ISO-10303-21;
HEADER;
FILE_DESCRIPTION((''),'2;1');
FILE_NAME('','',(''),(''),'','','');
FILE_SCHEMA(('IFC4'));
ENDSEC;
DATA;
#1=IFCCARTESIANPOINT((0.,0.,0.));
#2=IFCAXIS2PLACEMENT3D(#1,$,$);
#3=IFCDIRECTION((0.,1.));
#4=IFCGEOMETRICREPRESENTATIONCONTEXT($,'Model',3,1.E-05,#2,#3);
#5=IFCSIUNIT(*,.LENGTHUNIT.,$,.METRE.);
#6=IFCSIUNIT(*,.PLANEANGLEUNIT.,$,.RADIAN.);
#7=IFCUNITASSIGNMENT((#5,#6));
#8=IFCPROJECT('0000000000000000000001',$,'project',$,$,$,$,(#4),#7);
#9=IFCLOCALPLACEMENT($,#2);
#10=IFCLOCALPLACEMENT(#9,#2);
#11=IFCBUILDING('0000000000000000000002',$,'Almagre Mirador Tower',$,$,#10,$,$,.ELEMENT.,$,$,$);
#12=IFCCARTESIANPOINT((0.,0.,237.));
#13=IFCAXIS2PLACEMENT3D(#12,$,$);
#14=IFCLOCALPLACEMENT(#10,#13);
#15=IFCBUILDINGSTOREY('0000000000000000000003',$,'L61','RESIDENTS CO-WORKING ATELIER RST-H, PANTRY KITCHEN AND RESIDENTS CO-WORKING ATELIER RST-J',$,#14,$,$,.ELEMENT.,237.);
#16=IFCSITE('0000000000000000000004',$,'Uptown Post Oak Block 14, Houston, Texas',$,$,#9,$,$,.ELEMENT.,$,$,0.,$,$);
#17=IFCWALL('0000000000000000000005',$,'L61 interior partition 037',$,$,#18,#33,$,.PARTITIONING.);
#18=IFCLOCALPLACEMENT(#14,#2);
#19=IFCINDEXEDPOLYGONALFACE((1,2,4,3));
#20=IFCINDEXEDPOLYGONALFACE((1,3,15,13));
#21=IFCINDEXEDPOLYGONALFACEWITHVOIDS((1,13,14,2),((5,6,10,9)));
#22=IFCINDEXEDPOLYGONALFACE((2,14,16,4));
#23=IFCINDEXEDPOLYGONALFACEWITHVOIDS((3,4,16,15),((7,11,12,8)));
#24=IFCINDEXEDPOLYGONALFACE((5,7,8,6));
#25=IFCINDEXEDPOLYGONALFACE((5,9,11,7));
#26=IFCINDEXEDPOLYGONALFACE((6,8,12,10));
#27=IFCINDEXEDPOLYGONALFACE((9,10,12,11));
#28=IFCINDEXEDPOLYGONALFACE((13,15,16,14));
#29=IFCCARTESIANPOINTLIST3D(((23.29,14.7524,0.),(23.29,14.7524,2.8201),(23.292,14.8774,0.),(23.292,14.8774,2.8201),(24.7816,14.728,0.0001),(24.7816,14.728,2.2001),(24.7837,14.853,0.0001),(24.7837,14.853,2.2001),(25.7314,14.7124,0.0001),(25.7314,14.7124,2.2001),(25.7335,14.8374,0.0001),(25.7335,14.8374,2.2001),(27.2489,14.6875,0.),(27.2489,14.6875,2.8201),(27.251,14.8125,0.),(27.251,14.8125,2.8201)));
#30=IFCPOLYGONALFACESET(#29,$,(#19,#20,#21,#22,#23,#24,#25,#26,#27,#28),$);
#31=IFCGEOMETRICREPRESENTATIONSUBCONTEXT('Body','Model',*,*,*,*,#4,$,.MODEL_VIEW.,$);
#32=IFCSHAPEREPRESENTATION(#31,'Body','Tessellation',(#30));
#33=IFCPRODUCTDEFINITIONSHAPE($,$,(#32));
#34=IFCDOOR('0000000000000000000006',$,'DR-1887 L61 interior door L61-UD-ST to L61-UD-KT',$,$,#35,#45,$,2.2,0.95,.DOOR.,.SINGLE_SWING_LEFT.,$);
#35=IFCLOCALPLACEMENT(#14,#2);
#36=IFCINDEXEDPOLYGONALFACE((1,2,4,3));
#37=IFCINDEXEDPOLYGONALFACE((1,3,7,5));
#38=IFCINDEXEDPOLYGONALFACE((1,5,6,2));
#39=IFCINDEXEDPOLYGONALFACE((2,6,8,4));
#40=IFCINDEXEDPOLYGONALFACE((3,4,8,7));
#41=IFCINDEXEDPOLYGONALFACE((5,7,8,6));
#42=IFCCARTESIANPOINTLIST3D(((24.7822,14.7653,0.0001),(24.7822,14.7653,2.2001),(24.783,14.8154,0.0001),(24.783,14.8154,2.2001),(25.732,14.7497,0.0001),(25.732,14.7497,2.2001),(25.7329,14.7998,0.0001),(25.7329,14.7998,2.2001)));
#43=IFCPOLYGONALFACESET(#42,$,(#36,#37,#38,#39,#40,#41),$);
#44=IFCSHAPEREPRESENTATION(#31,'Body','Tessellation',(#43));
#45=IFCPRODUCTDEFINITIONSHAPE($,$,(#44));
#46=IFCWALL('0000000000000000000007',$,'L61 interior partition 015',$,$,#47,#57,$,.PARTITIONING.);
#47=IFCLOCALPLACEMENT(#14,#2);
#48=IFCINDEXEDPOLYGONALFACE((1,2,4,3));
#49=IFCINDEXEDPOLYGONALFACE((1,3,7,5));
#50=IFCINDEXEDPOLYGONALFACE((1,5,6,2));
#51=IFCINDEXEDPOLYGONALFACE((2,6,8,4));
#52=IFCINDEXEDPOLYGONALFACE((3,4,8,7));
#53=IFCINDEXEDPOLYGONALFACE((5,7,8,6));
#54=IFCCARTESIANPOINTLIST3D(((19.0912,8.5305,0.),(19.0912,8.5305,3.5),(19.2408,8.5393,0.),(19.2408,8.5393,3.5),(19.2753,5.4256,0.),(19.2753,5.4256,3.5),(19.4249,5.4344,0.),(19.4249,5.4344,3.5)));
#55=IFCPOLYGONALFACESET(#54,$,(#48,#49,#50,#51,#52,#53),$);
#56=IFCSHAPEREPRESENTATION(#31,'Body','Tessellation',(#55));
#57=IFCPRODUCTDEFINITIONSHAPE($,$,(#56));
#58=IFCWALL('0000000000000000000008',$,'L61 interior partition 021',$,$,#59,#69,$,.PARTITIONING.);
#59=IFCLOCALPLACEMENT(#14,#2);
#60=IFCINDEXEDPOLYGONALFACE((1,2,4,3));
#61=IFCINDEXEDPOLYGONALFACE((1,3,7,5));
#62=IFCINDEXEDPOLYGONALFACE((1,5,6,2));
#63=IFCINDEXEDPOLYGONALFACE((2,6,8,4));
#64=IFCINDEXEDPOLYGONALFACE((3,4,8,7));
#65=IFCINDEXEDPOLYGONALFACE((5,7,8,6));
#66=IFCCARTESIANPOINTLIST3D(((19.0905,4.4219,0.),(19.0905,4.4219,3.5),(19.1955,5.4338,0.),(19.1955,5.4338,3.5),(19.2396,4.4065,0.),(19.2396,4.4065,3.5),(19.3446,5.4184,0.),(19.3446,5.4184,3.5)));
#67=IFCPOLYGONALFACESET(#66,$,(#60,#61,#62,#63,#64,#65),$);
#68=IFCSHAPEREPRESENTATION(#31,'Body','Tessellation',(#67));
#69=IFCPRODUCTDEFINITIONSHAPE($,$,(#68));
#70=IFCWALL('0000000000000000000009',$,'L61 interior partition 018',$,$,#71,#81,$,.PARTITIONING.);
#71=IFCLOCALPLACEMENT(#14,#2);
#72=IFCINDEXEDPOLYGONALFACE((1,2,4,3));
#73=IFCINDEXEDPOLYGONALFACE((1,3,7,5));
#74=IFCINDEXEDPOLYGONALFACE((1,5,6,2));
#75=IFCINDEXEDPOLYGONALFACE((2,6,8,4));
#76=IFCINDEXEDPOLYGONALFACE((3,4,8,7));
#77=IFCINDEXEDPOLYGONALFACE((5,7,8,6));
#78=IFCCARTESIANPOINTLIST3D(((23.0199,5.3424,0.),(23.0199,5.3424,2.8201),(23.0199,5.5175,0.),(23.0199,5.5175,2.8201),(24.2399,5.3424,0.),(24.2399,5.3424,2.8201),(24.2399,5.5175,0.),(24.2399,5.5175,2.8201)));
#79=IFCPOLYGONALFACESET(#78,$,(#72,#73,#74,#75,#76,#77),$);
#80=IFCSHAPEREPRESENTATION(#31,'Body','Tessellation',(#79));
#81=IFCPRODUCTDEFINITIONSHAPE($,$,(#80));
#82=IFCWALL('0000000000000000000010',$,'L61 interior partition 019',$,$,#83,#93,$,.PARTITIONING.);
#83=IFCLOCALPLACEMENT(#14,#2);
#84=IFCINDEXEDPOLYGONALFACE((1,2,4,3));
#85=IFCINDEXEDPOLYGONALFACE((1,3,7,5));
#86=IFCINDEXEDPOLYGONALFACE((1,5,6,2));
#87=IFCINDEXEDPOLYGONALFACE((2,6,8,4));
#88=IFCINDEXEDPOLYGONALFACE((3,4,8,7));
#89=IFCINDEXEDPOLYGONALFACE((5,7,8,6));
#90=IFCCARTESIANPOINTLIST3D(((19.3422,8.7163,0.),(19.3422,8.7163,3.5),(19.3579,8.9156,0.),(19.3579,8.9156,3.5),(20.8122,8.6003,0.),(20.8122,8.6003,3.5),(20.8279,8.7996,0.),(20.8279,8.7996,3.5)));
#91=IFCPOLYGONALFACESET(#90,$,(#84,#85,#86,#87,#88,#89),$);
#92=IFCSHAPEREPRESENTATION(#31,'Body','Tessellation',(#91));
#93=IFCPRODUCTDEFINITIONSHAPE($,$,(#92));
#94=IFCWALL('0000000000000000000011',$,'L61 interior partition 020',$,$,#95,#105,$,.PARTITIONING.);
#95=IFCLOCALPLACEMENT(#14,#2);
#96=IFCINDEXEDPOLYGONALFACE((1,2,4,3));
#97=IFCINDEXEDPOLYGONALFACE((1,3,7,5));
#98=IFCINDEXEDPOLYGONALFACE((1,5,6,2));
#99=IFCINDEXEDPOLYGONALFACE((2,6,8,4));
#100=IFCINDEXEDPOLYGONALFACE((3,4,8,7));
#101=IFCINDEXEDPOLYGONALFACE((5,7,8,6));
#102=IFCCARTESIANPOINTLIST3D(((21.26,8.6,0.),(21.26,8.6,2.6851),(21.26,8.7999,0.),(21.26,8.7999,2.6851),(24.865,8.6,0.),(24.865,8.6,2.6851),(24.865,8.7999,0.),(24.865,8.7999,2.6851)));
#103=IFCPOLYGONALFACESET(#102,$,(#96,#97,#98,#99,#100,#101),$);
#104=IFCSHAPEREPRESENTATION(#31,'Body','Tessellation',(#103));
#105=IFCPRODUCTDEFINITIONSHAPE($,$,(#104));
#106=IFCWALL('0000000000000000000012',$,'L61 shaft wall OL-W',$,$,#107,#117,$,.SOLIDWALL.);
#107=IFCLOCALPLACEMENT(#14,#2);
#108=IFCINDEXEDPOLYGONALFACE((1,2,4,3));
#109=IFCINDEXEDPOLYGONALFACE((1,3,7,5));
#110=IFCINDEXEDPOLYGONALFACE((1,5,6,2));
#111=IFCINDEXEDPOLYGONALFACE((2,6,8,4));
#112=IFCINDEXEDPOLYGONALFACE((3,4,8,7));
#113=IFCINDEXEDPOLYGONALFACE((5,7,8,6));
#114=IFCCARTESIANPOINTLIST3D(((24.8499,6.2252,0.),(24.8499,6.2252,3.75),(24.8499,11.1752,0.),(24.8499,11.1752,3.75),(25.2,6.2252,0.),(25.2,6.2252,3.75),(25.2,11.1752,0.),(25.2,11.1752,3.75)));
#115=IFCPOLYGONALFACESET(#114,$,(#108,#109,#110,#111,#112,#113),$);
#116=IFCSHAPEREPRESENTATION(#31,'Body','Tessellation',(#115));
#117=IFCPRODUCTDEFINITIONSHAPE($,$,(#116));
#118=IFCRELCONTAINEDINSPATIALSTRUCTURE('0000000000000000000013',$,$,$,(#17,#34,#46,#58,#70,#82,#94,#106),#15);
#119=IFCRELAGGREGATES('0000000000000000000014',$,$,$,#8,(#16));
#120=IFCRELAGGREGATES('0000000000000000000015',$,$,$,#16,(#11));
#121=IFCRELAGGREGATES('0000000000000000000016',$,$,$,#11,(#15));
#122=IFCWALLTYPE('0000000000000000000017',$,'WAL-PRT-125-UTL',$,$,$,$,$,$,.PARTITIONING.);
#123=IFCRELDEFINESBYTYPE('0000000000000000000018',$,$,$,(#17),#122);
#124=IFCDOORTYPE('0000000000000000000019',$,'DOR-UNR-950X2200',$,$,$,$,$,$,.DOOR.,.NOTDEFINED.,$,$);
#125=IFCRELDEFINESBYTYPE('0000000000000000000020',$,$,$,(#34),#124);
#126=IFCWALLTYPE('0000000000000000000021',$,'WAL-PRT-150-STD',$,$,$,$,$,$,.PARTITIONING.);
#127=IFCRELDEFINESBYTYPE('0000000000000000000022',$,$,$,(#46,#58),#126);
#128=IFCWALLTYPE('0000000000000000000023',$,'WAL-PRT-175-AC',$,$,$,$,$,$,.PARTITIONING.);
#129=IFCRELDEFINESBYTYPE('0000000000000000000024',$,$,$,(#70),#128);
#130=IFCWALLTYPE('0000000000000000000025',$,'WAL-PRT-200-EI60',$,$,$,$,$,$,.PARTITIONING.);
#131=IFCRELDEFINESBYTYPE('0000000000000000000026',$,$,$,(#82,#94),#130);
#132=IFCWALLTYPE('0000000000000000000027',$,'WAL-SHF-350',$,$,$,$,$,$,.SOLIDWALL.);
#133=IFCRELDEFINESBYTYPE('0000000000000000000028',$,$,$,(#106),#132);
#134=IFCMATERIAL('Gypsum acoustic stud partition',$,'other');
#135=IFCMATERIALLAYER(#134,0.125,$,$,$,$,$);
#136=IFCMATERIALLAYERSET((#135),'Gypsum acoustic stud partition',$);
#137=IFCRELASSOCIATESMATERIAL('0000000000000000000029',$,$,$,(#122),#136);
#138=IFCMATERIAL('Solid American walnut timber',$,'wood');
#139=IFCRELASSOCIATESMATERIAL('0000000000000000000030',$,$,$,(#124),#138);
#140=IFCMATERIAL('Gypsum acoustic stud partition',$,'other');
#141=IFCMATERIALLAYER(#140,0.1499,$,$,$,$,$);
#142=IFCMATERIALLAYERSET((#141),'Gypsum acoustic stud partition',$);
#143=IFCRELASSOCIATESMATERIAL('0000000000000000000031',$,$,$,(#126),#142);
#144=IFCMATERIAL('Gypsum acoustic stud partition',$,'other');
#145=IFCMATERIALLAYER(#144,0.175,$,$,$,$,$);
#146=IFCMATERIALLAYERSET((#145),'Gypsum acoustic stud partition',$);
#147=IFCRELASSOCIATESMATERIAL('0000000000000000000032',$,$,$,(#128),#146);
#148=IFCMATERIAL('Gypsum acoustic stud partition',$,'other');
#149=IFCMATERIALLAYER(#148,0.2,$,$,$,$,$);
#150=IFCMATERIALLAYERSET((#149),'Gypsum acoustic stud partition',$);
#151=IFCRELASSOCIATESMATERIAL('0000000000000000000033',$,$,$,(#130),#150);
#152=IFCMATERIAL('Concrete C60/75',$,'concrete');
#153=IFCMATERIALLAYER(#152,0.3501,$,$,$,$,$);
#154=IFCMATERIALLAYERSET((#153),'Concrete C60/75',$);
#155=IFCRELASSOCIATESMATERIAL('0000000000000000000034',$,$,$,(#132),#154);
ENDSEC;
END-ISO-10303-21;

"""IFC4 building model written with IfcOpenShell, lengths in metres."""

from ifc_helpers import new_model, si_unit, direction, frame, frame_2d, origin, place, context, subcontext, project, spatial, rectangle, extrude, material, layer, layer_set, type_object, element, fill, save


model = new_model("IFC4")

# Units and contexts
model_context = context("Model", 3, precision=1e-05, world=origin(), true_north=direction((0.0, 1.0)))
body_context = subcontext(model_context, "Body", "Model", "MODEL_VIEW")
ifc_project = project(units=[si_unit("LENGTHUNIT", "METRE"), si_unit("PLANEANGLEUNIT", "RADIAN")], contexts=[model_context])

# Site, building, storey
site_placement = place(None, origin())
site = spatial("IfcSite", under=ifc_project, at=site_placement, Name="Uptown Post Oak Block 14, Houston, Texas", CompositionType="ELEMENT", RefElevation=0.0)
building_placement = place(site_placement, origin())
building = spatial("IfcBuilding", under=site, at=building_placement, Name="Almagre Mirador Tower", CompositionType="ELEMENT")
storey_placement = place(building_placement, frame((0.0, 0.0, 237.0)))
storey = spatial("IfcBuildingStorey", under=building, at=storey_placement, Name="L61", Description="RESIDENTS CO-WORKING ATELIER RST-H, PANTRY KITCHEN AND RESIDENTS CO-WORKING ATELIER RST-J", CompositionType="ELEMENT", Elevation=237.0)

# Shared definitions
ifc_material_1 = material(Name="Gypsum acoustic stud partition", Category="other")
ifc_layer_1 = layer(ifc_material_1, 0.125)
ifc_layer_set_1 = layer_set([ifc_layer_1], Name="Gypsum acoustic stud partition")
wall_type_1 = type_object("IfcWallType", Name="WAL-PRT-125-UTL", PredefinedType="PARTITIONING", material=ifc_layer_set_1)

# Wall, opening, door
wall_1_placement = place(storey_placement, frame((23.291, 14.8149, 0.0), z_axis=(0.0, 0.0, 1.0), x_axis=(0.999865, -0.016401, 0.0)))
wall_1 = element("IfcWall", 1, at=wall_1_placement, inside=storey, type_object=wall_type_1, Name="L61 interior partition 037", PredefinedType="PARTITIONING", context=body_context, shape_type="SweptSolid", body=[
    extrude(rectangle(XDim=3.9595, YDim=0.125, at=frame_2d((1.9797, 0.0))), origin(), (0.0, 0.0, 1.0), 2.8201),
])
opening_1_placement = place(wall_1_placement, frame((1.4917, 0.0, 0.0)))
opening_1 = element("IfcOpeningElement", 2, at=opening_1_placement, cuts=wall_1, PredefinedType="OPENING", context=body_context, shape_type="SweptSolid", body=[
    extrude(rectangle(XDim=0.95, YDim=2.2, at=frame_2d((0.4751, 1.1001))), frame((0.0, 0.0725, 0.0), z_axis=(0.0, -1.0, 0.0), x_axis=(1.0, 0.0, 0.0)), (0.0, 0.0, 1.0), 0.145),
])
ifc_material_2 = material(Name="Solid American walnut timber", Category="wood")
door_type = type_object("IfcDoorType", Name="DOR-UNR-950X2200", OperationType="NOTDEFINED", PredefinedType="DOOR", material=ifc_material_2)
door_placement = place(opening_1_placement, origin())
door = element("IfcDoor", 3, at=door_placement, inside=storey, type_object=door_type, Name="DR-1887 L61 interior door L61-UD-ST to L61-UD-KT", OperationType="SINGLE_SWING_LEFT", OverallHeight=2.2, OverallWidth=0.95, PredefinedType="DOOR", context=body_context, shape_type="SweptSolid", body=[
    extrude(rectangle(XDim=0.95, YDim=2.2, at=frame_2d((0.4751, 1.1001))), frame((0.0, 0.0249, 0.0), z_axis=(0.0, -1.0, 0.0), x_axis=(1.0, 0.0, 0.0)), (0.0, 0.0, 1.0), 0.05),
])
fill(opening_1, door)

# Walls
ifc_material_3 = material(Name="Gypsum acoustic stud partition", Category="other")
ifc_layer_2 = layer(ifc_material_3, 0.1499)
ifc_layer_set_2 = layer_set([ifc_layer_2], Name="Gypsum acoustic stud partition")
wall_type_2 = type_object("IfcWallType", Name="WAL-PRT-150-STD", PredefinedType="PARTITIONING", material=ifc_layer_set_2)
wall_2_placement = place(storey_placement, frame((19.166, 8.5349, 0.0), z_axis=(0.0, 0.0, 1.0), x_axis=(0.059182, -0.998247, 0.0)))
element("IfcWall", 4, at=wall_2_placement, inside=storey, type_object=wall_type_2, Name="L61 interior partition 015", PredefinedType="PARTITIONING", context=body_context, shape_type="SweptSolid", body=[
    extrude(rectangle(XDim=3.1104, YDim=0.1499, at=frame_2d((1.5552, 0.0))), origin(), (0.0, 0.0, 1.0), 3.5),
])
wall_3_placement = place(storey_placement, frame((19.165, 4.4141, 0.0), z_axis=(0.0, 0.0, 1.0), x_axis=(0.103186, 0.994662, 0.0)))
element("IfcWall", 5, at=wall_3_placement, inside=storey, type_object=wall_type_2, Name="L61 interior partition 021", PredefinedType="PARTITIONING", context=body_context, shape_type="SweptSolid", body=[
    extrude(rectangle(XDim=1.0173, YDim=0.1499, at=frame_2d((0.5088, 0.0))), origin(), (0.0, 0.0, 1.0), 3.5),
])
ifc_material_4 = material(Name="Gypsum acoustic stud partition", Category="other")
ifc_layer_3 = layer(ifc_material_4, 0.175)
ifc_layer_set_3 = layer_set([ifc_layer_3], Name="Gypsum acoustic stud partition")
wall_type_3 = type_object("IfcWallType", Name="WAL-PRT-175-AC", PredefinedType="PARTITIONING", material=ifc_layer_set_3)
wall_4_placement = place(storey_placement, frame((23.02, 5.4299, 0.0), z_axis=(0.0, 0.0, 1.0), x_axis=(1.0, 0.0, 0.0)))
element("IfcWall", 6, at=wall_4_placement, inside=storey, type_object=wall_type_3, Name="L61 interior partition 018", PredefinedType="PARTITIONING", context=body_context, shape_type="SweptSolid", body=[
    extrude(rectangle(XDim=1.22, YDim=0.175, at=frame_2d((0.6099, 0.0))), origin(), (0.0, 0.0, 1.0), 2.8201),
])
ifc_material_5 = material(Name="Gypsum acoustic stud partition", Category="other")
ifc_layer_4 = layer(ifc_material_5, 0.2)
ifc_layer_set_4 = layer_set([ifc_layer_4], Name="Gypsum acoustic stud partition")
wall_type_4 = type_object("IfcWallType", Name="WAL-PRT-200-EI60", PredefinedType="PARTITIONING", material=ifc_layer_set_4)
wall_5_placement = place(storey_placement, frame((20.8201, 8.7, 0.0), z_axis=(0.0, 0.0, 1.0), x_axis=(-0.996903, 0.078646, 0.0)))
element("IfcWall", 7, at=wall_5_placement, inside=storey, type_object=wall_type_4, Name="L61 interior partition 019", PredefinedType="PARTITIONING", context=body_context, shape_type="SweptSolid", body=[
    extrude(rectangle(XDim=1.4746, YDim=0.2, at=frame_2d((0.7373, 0.0))), origin(), (0.0, 0.0, 1.0), 3.5),
])
wall_6_placement = place(storey_placement, frame((24.865, 8.7, 0.0), z_axis=(0.0, 0.0, 1.0), x_axis=(-1.0, 0.0, 0.0)))
element("IfcWall", 8, at=wall_6_placement, inside=storey, type_object=wall_type_4, Name="L61 interior partition 020", PredefinedType="PARTITIONING", context=body_context, shape_type="SweptSolid", body=[
    extrude(rectangle(XDim=3.605, YDim=0.2, at=frame_2d((1.8025, 0.0))), origin(), (0.0, 0.0, 1.0), 2.6851),
])
ifc_material_6 = material(Name="Concrete C60/75", Category="concrete")
ifc_layer_5 = layer(ifc_material_6, 0.3501)
ifc_layer_set_5 = layer_set([ifc_layer_5], Name="Concrete C60/75")
wall_type_5 = type_object("IfcWallType", Name="WAL-SHF-350", PredefinedType="SOLIDWALL", material=ifc_layer_set_5)
wall_7_placement = place(storey_placement, frame((25.0249, 6.2251, 0.0), z_axis=(0.0, 0.0, 1.0), x_axis=(0.0, 1.0, 0.0)))
element("IfcWall", 9, at=wall_7_placement, inside=storey, type_object=wall_type_5, Name="L61 shaft wall OL-W", PredefinedType="SOLIDWALL", context=body_context, shape_type="SweptSolid", body=[
    extrude(rectangle(XDim=4.95, YDim=0.3501, at=frame_2d((2.4751, 0.0))), origin(), (0.0, 0.0, 1.0), 3.75),
])

save(model, "model.ifc")
